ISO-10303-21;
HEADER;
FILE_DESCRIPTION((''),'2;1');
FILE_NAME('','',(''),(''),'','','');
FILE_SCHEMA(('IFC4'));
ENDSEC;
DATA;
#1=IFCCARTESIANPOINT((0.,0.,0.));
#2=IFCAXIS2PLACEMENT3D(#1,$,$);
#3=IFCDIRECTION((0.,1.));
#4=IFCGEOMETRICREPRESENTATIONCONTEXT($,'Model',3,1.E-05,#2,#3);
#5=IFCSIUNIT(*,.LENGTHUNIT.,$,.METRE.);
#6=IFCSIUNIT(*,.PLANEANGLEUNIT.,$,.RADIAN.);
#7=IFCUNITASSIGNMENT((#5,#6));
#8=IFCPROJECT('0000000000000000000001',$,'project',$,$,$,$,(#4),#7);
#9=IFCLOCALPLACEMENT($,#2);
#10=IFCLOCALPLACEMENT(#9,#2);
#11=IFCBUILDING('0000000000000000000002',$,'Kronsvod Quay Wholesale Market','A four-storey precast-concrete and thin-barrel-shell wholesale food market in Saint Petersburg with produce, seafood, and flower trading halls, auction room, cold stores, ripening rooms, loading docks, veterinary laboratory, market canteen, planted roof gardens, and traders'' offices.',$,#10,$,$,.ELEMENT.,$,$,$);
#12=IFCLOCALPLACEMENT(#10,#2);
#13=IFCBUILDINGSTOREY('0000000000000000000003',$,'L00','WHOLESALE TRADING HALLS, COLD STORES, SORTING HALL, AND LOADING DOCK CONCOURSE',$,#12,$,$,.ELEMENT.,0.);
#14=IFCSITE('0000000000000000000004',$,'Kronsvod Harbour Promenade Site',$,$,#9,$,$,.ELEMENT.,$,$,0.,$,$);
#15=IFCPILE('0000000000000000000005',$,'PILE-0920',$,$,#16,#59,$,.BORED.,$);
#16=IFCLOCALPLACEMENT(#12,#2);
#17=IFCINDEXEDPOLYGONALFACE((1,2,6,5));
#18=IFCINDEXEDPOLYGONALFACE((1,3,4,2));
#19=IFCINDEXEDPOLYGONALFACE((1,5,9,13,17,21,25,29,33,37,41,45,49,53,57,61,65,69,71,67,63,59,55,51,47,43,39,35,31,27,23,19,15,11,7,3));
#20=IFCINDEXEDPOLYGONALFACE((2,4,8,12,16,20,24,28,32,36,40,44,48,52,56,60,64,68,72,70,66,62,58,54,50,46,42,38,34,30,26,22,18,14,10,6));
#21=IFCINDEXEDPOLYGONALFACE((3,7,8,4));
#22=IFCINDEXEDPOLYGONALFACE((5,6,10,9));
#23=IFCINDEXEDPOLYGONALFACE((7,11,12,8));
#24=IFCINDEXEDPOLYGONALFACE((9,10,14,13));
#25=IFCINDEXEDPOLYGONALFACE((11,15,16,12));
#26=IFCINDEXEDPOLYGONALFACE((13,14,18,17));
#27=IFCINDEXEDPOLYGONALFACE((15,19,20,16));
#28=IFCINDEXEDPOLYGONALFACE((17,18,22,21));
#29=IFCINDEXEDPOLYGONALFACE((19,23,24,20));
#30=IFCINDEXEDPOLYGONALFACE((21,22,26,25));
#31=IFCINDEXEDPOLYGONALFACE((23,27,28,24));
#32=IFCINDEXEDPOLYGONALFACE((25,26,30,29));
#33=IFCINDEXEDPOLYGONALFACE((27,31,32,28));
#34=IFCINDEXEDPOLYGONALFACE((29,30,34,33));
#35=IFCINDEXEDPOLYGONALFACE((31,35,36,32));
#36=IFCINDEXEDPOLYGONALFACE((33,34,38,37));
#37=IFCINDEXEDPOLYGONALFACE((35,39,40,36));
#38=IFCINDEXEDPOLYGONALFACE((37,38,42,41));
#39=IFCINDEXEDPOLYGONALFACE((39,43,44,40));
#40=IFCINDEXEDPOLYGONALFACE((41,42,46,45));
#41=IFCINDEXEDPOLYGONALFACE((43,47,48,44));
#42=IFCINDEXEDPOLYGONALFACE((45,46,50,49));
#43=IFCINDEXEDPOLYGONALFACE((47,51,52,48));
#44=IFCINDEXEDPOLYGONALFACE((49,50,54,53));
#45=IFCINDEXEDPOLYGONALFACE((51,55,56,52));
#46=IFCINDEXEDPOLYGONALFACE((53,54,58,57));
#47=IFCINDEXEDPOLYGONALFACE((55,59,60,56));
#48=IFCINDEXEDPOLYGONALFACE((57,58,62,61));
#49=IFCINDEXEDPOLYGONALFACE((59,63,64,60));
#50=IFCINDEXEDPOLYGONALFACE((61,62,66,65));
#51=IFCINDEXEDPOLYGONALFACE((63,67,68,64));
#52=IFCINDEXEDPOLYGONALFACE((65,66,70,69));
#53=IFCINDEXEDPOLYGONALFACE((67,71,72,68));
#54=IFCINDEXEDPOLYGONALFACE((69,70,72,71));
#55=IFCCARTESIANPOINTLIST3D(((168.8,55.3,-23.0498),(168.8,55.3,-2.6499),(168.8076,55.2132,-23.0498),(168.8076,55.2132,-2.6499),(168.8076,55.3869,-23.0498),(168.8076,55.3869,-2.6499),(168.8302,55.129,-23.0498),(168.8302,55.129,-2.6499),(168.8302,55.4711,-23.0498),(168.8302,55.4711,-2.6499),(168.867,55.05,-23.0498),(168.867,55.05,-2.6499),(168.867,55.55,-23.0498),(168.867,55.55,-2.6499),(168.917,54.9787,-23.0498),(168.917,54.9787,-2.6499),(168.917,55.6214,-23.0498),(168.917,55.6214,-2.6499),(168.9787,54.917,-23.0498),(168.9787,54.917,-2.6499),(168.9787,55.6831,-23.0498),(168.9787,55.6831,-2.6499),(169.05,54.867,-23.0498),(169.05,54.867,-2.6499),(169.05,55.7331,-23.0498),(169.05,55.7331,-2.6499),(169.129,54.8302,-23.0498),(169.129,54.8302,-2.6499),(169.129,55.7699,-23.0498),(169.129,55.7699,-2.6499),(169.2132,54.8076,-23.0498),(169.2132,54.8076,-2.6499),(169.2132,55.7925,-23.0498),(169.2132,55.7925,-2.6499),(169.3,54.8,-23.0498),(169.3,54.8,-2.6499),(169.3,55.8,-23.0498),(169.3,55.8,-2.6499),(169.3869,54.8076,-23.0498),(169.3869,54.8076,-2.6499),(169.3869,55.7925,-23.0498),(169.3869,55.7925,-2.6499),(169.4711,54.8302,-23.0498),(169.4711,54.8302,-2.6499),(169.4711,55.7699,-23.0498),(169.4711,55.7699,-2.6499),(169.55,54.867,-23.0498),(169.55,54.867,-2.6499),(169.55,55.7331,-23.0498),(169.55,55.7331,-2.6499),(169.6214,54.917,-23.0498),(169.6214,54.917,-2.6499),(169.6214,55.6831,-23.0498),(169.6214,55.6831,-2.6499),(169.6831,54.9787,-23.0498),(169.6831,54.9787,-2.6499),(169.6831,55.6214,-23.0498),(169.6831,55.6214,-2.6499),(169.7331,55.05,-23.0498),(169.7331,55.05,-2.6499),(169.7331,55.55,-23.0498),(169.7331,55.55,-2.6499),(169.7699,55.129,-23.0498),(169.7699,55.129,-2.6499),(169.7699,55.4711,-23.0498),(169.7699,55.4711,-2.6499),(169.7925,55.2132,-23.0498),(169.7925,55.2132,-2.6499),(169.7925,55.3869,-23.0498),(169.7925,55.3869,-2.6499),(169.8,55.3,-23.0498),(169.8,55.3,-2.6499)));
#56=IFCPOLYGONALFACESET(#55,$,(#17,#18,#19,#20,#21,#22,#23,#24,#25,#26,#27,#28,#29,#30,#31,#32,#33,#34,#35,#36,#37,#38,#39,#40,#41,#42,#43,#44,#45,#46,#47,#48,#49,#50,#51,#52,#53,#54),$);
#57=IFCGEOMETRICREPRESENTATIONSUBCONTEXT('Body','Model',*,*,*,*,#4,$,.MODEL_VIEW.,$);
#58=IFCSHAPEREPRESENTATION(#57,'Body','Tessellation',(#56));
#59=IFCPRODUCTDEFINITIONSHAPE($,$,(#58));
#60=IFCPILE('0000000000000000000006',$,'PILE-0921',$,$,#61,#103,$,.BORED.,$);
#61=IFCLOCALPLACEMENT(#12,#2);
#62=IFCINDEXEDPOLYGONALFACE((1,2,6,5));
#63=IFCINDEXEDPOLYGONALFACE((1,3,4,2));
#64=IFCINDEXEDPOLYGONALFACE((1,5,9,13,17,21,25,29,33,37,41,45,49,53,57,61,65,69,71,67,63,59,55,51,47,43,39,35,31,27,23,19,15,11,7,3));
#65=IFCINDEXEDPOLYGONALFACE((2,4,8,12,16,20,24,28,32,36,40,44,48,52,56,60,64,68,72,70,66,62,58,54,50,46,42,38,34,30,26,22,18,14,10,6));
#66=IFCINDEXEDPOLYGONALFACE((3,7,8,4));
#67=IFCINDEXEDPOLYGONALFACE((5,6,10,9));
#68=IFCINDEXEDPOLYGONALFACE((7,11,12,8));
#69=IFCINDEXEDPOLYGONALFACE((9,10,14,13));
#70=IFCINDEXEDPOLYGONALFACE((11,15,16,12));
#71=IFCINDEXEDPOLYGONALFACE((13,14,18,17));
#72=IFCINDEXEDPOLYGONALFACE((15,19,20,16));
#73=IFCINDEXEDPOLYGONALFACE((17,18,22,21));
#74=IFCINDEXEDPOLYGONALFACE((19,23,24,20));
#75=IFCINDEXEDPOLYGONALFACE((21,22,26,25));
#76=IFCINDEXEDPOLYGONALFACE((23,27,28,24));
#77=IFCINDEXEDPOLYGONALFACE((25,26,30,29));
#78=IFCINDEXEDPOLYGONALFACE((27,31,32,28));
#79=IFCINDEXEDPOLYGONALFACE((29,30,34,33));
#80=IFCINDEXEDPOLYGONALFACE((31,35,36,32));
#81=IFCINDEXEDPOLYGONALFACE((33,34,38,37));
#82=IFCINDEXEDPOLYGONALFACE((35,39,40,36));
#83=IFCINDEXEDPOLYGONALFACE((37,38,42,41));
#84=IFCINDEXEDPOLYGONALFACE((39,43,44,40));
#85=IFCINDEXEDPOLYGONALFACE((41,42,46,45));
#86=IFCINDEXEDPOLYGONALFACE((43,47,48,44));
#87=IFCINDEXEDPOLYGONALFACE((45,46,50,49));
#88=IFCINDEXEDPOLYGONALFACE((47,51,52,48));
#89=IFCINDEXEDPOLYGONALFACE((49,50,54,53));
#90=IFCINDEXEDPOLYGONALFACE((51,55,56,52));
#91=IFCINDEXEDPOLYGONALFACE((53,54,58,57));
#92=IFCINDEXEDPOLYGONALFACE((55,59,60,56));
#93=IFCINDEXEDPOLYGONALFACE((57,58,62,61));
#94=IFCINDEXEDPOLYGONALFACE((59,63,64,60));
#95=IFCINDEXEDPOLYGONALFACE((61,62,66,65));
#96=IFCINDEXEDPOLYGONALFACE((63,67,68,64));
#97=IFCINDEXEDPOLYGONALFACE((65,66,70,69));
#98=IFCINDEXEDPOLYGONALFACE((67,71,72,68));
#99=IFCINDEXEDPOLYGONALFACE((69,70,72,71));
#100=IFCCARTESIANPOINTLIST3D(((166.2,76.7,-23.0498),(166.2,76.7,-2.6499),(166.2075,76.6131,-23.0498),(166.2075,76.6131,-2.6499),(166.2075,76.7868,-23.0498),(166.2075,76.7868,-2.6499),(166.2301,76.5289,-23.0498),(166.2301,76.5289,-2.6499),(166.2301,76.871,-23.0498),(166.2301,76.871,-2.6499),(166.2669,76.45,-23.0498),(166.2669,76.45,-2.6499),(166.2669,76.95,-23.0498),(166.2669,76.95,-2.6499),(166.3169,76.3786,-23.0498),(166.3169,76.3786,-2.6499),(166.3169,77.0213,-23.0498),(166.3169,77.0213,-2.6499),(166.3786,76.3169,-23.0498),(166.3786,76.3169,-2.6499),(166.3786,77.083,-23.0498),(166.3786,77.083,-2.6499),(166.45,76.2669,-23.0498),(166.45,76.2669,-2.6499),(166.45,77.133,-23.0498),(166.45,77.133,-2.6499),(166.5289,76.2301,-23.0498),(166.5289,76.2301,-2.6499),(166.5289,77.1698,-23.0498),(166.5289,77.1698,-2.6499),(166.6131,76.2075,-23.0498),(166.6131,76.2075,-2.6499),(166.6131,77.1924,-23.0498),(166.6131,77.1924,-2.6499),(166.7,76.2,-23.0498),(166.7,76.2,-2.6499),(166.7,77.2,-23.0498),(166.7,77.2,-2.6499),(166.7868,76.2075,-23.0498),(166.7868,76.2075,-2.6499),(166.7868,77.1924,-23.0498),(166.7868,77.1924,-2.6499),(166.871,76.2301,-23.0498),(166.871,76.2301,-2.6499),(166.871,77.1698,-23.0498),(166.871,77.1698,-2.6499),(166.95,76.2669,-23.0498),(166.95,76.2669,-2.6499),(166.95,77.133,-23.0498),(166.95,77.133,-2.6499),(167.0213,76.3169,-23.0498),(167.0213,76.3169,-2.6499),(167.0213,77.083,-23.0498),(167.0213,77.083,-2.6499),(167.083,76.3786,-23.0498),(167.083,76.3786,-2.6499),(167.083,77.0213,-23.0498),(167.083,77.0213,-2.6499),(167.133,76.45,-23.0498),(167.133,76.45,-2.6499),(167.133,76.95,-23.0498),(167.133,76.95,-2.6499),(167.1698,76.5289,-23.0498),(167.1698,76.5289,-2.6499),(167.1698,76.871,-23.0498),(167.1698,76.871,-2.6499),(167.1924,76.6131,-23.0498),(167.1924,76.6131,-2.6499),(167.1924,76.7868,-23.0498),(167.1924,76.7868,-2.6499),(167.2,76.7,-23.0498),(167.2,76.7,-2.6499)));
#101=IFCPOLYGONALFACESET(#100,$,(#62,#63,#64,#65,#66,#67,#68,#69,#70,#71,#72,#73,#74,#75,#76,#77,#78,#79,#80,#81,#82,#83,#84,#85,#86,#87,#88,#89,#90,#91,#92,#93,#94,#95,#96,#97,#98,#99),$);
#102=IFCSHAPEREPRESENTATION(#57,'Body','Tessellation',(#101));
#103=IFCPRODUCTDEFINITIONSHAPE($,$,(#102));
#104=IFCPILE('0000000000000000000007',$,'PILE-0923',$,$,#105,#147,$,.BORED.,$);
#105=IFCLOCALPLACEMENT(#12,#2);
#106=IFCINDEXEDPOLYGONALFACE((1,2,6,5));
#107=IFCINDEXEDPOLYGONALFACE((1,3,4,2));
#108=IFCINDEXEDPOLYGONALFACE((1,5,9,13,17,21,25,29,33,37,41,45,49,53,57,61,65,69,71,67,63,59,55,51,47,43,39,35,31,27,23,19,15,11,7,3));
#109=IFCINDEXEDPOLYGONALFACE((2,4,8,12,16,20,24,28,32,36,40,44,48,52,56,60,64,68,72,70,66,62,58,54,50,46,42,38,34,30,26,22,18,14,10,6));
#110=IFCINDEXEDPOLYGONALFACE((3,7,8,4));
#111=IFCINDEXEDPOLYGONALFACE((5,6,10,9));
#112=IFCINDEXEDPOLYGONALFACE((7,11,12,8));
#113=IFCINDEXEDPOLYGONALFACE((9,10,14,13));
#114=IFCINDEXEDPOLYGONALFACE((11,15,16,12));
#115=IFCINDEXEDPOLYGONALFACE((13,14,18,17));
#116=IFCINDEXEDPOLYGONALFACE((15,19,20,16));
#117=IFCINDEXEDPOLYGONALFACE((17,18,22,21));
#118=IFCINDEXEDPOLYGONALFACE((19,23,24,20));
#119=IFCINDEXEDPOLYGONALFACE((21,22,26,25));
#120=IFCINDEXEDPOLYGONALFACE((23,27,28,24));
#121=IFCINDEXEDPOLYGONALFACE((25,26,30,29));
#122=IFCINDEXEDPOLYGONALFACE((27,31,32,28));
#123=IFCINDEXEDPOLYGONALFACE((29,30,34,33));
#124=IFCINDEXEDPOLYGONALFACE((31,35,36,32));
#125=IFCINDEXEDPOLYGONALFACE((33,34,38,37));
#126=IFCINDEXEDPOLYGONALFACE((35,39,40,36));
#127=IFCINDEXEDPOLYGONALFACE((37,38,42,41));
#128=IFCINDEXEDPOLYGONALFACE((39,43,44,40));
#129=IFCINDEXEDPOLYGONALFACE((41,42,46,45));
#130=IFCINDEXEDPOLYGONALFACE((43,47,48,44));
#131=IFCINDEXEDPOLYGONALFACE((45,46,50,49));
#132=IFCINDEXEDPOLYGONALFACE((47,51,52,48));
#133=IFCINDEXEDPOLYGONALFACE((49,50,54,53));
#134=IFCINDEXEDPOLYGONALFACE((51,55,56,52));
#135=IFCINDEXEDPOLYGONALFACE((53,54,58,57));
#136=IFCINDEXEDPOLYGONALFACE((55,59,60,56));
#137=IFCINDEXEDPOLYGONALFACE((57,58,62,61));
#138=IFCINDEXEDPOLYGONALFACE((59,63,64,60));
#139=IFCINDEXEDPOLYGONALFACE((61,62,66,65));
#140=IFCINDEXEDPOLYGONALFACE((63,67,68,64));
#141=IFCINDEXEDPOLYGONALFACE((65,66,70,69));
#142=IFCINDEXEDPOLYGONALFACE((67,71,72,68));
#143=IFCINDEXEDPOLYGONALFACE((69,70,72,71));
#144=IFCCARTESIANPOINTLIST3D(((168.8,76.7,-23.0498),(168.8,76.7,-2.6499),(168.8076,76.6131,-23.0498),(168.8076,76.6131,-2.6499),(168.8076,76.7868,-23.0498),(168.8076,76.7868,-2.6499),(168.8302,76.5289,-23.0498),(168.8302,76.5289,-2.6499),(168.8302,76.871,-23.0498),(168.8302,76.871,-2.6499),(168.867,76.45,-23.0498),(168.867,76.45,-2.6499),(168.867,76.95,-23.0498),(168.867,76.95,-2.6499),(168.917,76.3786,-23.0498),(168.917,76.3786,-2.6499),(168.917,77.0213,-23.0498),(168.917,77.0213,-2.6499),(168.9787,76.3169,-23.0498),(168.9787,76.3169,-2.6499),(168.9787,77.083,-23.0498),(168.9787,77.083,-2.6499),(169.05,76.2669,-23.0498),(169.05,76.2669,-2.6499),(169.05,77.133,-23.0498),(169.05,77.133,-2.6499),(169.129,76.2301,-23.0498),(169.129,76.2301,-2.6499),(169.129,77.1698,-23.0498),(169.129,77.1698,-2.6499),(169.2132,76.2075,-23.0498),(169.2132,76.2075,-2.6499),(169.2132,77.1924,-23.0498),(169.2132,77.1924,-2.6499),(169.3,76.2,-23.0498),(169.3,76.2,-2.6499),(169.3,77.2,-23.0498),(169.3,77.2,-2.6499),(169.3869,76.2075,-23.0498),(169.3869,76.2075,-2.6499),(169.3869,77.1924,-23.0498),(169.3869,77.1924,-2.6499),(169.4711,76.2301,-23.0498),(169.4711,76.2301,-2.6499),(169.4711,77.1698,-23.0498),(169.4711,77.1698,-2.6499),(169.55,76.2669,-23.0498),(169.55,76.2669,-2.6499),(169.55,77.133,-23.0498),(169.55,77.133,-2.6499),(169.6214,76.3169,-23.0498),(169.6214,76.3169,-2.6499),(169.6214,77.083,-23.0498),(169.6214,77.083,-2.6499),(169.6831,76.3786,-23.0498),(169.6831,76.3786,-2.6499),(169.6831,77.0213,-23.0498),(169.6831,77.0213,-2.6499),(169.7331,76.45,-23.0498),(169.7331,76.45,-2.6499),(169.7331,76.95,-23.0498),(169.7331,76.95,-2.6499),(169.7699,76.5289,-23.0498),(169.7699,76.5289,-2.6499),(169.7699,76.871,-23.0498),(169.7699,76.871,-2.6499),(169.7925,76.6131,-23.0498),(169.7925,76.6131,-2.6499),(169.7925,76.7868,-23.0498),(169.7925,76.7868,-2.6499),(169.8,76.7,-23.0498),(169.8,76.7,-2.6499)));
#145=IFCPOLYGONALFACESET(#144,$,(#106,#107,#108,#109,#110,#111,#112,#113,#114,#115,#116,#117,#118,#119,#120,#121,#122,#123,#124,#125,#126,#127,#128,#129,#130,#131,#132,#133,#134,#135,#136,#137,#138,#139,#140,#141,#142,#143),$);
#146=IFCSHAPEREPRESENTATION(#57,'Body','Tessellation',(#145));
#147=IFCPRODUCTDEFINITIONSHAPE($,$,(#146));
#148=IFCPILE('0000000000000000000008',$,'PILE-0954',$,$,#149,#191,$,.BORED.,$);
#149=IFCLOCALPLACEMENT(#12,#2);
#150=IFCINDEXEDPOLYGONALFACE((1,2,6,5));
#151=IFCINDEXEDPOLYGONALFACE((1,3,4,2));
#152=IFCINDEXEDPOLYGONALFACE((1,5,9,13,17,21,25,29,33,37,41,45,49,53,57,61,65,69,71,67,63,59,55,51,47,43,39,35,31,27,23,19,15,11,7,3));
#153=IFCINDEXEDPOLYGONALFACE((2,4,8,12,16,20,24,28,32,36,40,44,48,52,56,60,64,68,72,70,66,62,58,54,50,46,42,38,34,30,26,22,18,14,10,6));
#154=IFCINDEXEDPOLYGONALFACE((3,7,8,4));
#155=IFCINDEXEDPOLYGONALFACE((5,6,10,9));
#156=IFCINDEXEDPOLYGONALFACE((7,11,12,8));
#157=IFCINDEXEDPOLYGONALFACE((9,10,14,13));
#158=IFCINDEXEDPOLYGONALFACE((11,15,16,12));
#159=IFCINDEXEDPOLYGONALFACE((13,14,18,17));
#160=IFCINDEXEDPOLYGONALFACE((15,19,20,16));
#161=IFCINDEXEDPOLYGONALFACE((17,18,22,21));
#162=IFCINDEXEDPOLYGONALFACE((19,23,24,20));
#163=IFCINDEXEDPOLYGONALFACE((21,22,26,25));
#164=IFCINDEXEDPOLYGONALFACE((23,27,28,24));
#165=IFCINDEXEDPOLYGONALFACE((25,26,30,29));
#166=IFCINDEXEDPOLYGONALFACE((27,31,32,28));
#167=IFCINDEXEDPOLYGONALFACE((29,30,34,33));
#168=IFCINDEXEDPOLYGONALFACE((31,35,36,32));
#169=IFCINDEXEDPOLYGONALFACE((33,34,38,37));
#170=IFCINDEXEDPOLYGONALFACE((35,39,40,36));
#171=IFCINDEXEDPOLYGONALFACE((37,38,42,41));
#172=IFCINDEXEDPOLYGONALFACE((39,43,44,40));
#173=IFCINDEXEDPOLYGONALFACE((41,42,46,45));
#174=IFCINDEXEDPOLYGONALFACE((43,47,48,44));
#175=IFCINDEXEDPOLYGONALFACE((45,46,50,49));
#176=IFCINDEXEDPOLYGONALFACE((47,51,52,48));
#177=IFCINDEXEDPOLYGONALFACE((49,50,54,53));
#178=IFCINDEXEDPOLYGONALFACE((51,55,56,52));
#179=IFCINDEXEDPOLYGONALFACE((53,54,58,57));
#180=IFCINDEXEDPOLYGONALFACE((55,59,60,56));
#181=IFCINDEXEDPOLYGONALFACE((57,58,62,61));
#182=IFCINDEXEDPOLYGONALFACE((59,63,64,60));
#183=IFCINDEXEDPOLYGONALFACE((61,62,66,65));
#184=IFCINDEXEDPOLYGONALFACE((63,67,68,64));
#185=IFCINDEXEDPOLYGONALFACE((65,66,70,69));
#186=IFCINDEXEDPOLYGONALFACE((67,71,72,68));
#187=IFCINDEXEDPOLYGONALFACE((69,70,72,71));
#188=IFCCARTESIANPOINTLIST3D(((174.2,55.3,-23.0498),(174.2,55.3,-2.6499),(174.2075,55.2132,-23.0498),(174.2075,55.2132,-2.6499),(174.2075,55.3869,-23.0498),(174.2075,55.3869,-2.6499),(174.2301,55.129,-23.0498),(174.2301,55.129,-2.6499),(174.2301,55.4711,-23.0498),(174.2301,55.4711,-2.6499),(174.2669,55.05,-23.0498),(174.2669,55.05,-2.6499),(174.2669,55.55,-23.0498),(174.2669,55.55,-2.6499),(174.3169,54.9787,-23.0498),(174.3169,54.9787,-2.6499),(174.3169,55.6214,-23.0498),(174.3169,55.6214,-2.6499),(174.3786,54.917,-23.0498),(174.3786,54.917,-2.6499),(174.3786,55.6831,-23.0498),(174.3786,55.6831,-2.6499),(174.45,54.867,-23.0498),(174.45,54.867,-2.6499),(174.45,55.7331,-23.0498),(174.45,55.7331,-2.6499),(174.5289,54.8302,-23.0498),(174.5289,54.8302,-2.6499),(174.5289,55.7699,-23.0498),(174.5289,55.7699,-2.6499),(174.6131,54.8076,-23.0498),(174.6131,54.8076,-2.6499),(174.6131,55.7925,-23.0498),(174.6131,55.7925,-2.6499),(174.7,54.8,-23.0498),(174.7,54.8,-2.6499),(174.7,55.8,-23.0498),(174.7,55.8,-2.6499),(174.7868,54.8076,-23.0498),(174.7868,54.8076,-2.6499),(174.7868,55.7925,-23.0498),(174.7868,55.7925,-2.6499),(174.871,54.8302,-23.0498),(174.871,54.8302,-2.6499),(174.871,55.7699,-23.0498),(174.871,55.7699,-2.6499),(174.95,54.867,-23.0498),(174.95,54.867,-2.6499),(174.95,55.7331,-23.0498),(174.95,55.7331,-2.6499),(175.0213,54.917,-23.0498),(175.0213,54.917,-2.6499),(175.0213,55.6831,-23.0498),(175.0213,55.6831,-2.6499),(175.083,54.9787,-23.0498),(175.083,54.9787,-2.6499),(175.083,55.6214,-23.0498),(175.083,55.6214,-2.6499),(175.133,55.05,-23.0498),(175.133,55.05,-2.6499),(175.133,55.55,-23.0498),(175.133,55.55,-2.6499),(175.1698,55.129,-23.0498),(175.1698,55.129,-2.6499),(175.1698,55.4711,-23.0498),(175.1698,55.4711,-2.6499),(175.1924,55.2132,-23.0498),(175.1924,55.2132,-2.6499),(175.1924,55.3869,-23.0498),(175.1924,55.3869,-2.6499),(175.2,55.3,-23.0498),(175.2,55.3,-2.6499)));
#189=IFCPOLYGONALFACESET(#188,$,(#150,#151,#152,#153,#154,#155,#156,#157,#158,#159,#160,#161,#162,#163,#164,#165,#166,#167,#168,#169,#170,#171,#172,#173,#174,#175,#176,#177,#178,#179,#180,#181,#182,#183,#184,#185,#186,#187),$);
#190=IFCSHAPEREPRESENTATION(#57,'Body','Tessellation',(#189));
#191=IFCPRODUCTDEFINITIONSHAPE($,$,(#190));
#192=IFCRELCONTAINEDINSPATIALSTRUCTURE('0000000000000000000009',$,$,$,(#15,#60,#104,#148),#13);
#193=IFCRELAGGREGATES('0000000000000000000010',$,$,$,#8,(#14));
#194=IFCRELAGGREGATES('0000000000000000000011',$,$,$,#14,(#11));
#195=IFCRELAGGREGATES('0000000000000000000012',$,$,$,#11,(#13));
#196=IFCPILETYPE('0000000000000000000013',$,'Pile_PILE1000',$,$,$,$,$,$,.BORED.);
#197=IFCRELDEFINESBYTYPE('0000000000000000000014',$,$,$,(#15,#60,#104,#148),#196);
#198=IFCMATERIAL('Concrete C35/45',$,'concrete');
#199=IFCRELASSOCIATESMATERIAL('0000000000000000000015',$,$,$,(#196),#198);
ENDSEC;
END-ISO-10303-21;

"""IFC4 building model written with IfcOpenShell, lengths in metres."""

from ifc_helpers import new_model, si_unit, direction, frame, origin, origin_2d, place, context, subcontext, project, spatial, circle, extrude, material, material_profile, profile_set, type_object, element, save


model = new_model("IFC4")

# Units and contexts
model_context = context("Model", 3, precision=1e-05, world=origin(), true_north=direction((0.0, 1.0)))
body_context = subcontext(model_context, "Body", "Model", "MODEL_VIEW")
ifc_project = project(units=[si_unit("LENGTHUNIT", "METRE"), si_unit("PLANEANGLEUNIT", "RADIAN")], contexts=[model_context])

# Site, building, storey
site_placement = place(None, origin())
site = spatial("IfcSite", under=ifc_project, at=site_placement, Name="Kronsvod Harbour Promenade Site", CompositionType="ELEMENT", RefElevation=0.0)
building_placement = place(site_placement, origin())
building = spatial("IfcBuilding", under=site, at=building_placement, Name="Kronsvod Quay Wholesale Market", Description="A four-storey precast-concrete and thin-barrel-shell wholesale food market in Saint Petersburg with produce, seafood, and flower trading halls, auction room, cold stores, ripening rooms, loading docks, veterinary laboratory, market canteen, planted roof gardens, and traders' offices.", CompositionType="ELEMENT")
storey_placement = place(building_placement, origin())
storey = spatial("IfcBuildingStorey", under=building, at=storey_placement, Name="L00", Description="WHOLESALE TRADING HALLS, COLD STORES, SORTING HALL, AND LOADING DOCK CONCOURSE", CompositionType="ELEMENT", Elevation=0.0)

# Piles
ifc_material_1 = material(Name="Concrete C35/45", Category="concrete")
ifc_material_profile_1 = material_profile(ifc_material_1, circle(Radius=0.5, at=origin_2d()), Name="PILE1000")
ifc_profile_set_1 = profile_set([ifc_material_profile_1], Name="Concrete C35/45")
pile_type = type_object("IfcPileType", Name="Pile_PILE1000", PredefinedType="BORED", material=ifc_profile_set_1)
for number, where, z_axis, x_axis, name in (
    (1, (169.3, 55.3, -2.6499), (0.0, 0.0, -1.0), (1.0, 0.0, 0.0), "PILE-0920"),
    (2, (166.7, 76.7, -2.6499), (0.0, 0.0, -1.0), (1.0, 0.0, 0.0), "PILE-0921"),
    (3, (169.3, 76.7, -2.6499), (0.0, 0.0, -1.0), (1.0, 0.0, 0.0), "PILE-0923"),
    (4, (174.7, 55.3, -2.6499), (0.0, 0.0, -1.0), (1.0, 0.0, 0.0), "PILE-0954"),
):
    element("IfcPile", number, at=place(storey_placement, frame(where, z_axis=z_axis, x_axis=x_axis)), inside=storey, type_object=pile_type, Name=name, PredefinedType="BORED", context=body_context, shape_type="SweptSolid", body=[
        extrude(circle(Radius=0.5, at=origin_2d()), origin(), (0.0, 0.0, 1.0), 20.3999),
    ])

save(model, "model.ifc")
